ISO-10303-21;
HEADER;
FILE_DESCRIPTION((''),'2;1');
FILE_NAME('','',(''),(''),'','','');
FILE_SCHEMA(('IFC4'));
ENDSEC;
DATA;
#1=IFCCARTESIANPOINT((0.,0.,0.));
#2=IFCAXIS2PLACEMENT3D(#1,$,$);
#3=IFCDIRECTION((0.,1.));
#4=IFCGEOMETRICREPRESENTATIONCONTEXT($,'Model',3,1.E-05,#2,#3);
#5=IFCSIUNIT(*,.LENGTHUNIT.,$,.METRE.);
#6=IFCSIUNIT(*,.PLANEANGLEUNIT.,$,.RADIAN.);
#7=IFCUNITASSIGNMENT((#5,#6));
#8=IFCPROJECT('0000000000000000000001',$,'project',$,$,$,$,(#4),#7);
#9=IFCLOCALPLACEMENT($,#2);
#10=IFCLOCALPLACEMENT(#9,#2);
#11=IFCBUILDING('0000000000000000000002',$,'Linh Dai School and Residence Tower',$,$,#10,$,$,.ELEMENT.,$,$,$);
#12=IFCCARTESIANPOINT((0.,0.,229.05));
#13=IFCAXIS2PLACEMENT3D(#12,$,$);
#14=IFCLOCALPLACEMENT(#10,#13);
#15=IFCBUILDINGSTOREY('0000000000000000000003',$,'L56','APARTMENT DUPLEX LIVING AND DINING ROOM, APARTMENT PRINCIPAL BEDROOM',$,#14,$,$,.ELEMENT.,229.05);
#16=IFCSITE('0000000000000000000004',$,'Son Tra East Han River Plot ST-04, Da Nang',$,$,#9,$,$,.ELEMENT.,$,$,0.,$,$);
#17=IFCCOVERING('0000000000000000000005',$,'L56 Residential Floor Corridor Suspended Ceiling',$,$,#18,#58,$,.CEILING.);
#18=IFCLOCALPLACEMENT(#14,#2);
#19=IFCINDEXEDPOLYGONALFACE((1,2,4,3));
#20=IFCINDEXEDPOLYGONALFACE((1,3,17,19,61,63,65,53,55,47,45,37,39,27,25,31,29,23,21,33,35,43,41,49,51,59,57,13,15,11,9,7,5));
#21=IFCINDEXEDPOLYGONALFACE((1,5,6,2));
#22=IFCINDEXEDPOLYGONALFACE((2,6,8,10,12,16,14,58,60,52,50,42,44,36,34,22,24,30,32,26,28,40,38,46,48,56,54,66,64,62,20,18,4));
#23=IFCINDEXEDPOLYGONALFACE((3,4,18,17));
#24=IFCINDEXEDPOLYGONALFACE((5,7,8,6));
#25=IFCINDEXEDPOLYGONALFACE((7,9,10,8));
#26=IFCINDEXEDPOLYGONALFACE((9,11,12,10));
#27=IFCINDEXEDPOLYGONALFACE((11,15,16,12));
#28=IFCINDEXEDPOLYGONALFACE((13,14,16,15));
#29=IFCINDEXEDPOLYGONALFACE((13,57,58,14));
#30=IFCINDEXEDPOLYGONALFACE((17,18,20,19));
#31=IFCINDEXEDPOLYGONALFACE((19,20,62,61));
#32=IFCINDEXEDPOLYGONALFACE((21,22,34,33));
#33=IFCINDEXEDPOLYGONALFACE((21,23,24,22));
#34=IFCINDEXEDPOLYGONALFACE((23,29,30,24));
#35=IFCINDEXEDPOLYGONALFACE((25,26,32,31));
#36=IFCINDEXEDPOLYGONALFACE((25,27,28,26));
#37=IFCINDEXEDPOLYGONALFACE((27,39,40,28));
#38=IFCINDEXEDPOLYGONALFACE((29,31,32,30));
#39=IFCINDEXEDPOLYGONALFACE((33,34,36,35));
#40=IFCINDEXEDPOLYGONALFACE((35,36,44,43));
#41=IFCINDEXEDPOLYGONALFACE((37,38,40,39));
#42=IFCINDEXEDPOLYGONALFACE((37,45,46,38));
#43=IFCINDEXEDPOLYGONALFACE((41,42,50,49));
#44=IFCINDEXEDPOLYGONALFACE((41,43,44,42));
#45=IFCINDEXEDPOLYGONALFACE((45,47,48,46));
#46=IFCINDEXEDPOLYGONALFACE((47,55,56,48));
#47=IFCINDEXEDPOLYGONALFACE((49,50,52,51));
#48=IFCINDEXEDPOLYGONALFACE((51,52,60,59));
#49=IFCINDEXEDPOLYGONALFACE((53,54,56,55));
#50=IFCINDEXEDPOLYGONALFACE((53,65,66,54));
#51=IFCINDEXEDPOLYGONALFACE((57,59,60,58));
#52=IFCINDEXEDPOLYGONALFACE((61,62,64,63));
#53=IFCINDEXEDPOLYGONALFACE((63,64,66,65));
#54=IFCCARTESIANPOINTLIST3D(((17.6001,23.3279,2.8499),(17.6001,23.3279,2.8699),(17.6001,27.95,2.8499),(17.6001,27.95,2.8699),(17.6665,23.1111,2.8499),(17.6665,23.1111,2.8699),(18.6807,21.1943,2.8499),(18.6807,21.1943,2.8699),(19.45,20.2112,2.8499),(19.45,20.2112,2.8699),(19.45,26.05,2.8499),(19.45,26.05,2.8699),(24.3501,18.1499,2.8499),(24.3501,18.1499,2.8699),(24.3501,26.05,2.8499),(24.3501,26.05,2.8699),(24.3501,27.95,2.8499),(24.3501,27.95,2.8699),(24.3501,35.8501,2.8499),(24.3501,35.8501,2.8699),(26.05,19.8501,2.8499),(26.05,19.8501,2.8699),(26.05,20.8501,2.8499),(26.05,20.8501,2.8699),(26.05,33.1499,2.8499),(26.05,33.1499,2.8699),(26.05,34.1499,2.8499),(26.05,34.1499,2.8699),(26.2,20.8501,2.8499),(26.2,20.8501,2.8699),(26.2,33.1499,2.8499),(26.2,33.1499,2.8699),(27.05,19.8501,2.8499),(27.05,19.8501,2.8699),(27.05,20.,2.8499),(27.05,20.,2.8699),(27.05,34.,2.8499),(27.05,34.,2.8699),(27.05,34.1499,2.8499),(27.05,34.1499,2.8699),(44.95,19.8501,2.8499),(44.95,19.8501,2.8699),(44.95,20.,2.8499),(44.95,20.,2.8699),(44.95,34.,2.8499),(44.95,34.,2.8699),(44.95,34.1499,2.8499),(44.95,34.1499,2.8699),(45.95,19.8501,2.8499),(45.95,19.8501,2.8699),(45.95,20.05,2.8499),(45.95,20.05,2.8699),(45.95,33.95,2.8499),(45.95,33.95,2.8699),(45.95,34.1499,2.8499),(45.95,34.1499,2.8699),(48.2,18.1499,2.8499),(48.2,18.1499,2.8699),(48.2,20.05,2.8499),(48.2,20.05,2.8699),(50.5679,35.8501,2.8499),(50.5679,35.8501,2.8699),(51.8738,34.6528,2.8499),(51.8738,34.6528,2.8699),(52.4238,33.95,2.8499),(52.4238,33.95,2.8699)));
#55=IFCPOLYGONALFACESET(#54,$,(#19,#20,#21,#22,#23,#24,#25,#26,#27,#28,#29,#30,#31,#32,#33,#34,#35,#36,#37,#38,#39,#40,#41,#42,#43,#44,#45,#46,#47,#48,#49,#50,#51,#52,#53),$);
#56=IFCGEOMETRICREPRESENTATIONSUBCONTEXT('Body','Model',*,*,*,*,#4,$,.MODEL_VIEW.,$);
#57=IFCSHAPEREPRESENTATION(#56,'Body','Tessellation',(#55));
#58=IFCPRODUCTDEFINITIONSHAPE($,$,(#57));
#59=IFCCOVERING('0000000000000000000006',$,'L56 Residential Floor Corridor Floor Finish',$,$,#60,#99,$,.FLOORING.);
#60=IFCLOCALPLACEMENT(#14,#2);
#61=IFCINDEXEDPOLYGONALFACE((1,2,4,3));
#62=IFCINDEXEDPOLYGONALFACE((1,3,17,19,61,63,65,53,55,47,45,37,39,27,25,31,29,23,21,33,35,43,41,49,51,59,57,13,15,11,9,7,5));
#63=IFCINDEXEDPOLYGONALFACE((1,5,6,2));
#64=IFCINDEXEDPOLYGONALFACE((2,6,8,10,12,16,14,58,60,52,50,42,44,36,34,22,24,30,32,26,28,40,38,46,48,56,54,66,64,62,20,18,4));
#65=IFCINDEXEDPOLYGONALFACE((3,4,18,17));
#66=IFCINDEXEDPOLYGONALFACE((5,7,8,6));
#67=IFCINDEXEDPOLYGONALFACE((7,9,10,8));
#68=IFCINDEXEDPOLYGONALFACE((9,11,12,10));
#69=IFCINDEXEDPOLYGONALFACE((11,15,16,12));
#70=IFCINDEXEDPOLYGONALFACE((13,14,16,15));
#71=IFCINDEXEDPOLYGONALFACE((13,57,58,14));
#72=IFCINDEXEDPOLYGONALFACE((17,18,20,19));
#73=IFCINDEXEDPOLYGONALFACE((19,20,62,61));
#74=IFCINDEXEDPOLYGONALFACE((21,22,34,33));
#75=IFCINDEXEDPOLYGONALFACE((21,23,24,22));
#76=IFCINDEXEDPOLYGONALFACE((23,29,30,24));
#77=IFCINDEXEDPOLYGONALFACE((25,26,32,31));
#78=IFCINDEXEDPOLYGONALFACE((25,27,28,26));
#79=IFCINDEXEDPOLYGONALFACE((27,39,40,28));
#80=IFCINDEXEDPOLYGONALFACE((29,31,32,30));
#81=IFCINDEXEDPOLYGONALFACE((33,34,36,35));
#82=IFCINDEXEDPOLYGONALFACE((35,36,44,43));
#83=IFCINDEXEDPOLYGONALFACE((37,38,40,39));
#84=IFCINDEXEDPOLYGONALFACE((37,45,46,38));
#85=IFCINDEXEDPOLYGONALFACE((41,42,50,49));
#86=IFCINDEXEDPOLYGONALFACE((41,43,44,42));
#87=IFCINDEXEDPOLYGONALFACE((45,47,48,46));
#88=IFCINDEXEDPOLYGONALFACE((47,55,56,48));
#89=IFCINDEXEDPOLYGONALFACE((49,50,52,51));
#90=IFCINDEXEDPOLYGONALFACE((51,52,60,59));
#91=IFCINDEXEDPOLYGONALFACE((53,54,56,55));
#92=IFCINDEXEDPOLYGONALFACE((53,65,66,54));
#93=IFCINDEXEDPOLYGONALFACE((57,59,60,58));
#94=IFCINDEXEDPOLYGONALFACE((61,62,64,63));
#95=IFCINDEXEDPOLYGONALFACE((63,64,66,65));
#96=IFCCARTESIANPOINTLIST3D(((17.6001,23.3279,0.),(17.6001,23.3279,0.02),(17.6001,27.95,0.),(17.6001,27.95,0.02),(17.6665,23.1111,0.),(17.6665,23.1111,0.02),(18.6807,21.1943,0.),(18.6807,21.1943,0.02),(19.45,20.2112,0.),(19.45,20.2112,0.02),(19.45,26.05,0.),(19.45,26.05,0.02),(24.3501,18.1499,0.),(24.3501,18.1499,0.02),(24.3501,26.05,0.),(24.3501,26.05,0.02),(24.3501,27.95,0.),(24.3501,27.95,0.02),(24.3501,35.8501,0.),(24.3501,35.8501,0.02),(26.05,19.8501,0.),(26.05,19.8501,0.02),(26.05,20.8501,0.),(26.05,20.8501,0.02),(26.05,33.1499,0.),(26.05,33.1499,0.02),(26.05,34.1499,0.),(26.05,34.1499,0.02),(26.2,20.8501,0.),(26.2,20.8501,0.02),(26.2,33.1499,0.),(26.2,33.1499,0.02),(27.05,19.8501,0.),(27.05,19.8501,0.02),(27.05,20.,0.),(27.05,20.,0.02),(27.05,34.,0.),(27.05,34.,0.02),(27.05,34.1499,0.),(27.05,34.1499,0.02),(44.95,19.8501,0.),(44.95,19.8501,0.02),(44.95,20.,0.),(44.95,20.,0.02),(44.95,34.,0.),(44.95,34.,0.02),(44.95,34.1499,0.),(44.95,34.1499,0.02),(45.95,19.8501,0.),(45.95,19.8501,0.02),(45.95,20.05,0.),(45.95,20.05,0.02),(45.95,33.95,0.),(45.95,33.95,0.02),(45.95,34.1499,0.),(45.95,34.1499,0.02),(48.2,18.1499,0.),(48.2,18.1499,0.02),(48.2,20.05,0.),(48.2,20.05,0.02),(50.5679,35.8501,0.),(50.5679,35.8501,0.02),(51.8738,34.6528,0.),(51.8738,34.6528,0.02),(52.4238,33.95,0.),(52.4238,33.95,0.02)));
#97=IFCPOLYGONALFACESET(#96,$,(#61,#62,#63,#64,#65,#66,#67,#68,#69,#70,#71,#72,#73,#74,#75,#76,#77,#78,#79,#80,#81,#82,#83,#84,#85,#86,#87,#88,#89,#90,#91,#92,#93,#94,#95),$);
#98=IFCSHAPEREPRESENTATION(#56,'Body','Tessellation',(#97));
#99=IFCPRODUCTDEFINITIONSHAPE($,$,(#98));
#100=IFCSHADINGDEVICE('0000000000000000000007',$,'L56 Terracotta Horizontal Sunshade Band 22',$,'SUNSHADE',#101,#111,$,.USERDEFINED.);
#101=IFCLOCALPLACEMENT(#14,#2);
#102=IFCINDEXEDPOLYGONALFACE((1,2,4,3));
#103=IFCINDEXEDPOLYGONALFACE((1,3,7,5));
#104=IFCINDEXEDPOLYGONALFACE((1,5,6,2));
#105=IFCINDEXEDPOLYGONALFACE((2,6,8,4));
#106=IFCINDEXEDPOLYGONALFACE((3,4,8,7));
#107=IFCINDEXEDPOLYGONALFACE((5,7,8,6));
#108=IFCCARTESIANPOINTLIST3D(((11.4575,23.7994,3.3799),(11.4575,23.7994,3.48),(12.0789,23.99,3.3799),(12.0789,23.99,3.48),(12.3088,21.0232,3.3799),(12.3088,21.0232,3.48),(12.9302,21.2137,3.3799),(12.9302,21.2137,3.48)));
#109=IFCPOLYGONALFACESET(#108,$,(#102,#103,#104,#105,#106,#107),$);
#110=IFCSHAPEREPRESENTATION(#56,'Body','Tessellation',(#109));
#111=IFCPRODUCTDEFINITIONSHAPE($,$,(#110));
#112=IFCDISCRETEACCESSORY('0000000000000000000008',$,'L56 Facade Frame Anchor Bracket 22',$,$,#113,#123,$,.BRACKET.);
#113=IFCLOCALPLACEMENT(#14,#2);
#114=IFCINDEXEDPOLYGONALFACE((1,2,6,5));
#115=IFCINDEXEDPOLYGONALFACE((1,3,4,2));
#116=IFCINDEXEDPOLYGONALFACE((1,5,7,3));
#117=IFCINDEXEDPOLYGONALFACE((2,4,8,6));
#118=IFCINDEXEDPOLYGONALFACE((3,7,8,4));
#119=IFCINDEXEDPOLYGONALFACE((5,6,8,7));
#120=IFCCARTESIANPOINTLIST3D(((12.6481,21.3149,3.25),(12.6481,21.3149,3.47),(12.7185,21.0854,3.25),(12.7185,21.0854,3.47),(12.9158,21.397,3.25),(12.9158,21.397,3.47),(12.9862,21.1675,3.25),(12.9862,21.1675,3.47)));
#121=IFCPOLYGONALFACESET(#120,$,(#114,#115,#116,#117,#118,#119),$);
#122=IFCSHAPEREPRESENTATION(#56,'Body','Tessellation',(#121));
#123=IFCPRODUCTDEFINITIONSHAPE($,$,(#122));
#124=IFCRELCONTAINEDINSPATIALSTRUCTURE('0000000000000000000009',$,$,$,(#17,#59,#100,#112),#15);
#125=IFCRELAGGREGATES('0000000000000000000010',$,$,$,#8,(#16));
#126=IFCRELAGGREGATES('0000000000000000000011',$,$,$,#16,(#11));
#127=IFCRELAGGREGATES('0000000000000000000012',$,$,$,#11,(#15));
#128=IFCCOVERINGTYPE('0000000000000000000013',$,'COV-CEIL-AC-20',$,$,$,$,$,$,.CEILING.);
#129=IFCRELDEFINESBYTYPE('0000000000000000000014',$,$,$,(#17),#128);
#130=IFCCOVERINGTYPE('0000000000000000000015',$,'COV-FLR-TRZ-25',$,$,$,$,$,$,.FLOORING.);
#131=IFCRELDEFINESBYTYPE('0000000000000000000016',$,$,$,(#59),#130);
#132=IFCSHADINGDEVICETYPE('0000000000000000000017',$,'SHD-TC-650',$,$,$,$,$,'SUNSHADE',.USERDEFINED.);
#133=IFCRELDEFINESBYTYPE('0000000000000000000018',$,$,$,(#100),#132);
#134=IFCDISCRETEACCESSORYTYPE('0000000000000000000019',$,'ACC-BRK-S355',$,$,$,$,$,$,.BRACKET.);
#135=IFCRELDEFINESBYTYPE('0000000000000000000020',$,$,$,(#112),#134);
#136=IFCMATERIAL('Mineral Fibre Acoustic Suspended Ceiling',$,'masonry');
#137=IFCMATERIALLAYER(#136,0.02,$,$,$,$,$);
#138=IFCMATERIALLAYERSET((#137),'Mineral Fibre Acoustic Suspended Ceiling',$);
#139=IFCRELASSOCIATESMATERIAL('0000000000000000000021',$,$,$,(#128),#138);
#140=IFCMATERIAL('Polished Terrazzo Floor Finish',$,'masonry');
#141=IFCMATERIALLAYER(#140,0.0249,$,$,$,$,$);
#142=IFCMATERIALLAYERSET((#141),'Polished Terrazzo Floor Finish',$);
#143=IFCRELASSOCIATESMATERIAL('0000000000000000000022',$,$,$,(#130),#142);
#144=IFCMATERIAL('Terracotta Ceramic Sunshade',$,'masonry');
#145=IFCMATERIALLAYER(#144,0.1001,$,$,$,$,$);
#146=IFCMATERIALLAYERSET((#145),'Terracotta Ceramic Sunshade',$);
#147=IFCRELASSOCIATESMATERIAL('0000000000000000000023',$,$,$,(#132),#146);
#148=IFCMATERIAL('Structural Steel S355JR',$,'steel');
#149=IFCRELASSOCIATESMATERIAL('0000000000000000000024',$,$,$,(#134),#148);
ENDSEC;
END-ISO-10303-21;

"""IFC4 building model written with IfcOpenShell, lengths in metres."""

from ifc_helpers import new_model, si_unit, direction, frame, origin, origin_2d, place, context, subcontext, project, spatial, polyline, rectangle, outline, extrude, source, transform, mapped, material, layer, layer_set, type_object, element, save


model = new_model("IFC4")

# Units and contexts
model_context = context("Model", 3, precision=1e-05, world=origin(), true_north=direction((0.0, 1.0)))
body_context = subcontext(model_context, "Body", "Model", "MODEL_VIEW")
ifc_project = project(units=[si_unit("LENGTHUNIT", "METRE"), si_unit("PLANEANGLEUNIT", "RADIAN")], contexts=[model_context])

# Site, building, storey
site_placement = place(None, origin())
site = spatial("IfcSite", under=ifc_project, at=site_placement, Name="Son Tra East Han River Plot ST-04, Da Nang", CompositionType="ELEMENT", RefElevation=0.0)
building_placement = place(site_placement, origin())
building = spatial("IfcBuilding", under=site, at=building_placement, Name="Linh Dai School and Residence Tower", CompositionType="ELEMENT")
storey_placement = place(building_placement, frame((0.0, 0.0, 229.05)))
storey = spatial("IfcBuildingStorey", under=building, at=storey_placement, Name="L56", Description="APARTMENT DUPLEX LIVING AND DINING ROOM, APARTMENT PRINCIPAL BEDROOM", CompositionType="ELEMENT", Elevation=229.05)

# Shared definitions
ifc_material_1 = material(Name="Structural Steel S355JR", Category="steel")

# Coverings
ifc_material_2 = material(Name="Mineral Fibre Acoustic Suspended Ceiling", Category="masonry")
ifc_layer_1 = layer(ifc_material_2, 0.02)
ifc_layer_set_1 = layer_set([ifc_layer_1], Name="Mineral Fibre Acoustic Suspended Ceiling")
covering_type_1 = type_object("IfcCoveringType", Name="COV-CEIL-AC-20", PredefinedType="CEILING", material=ifc_layer_set_1)
covering_1_placement = place(storey_placement, frame((0.0, 0.0, 2.8499)))
element("IfcCovering", 1, at=covering_1_placement, inside=storey, type_object=covering_type_1, Name="L56 Residential Floor Corridor Suspended Ceiling", PredefinedType="CEILING", context=body_context, shape_type="SweptSolid", body=[
    extrude(outline(polyline([(19.45, 20.2112), (18.6807, 21.1943), (17.6665, 23.1111), (17.6001, 23.3279), (17.6001, 27.95), (24.3501, 27.95), (24.3501, 35.8501), (50.5679, 35.8501), (51.8738, 34.6528), (52.4238, 33.95), (45.95, 33.95), (45.95, 34.1499), (44.95, 34.1499), (44.95, 34.0), (27.05, 34.0), (27.05, 34.1499), (26.05, 34.1499), (26.05, 33.1499), (26.2, 33.1499), (26.2, 20.8501), (26.05, 20.8501), (26.05, 19.8501), (27.05, 19.8501), (27.05, 20.0), (44.95, 20.0), (44.95, 19.8501), (45.95, 19.8501), (45.95, 20.05), (48.2, 20.05), (48.2, 18.1499), (24.3501, 18.1499), (24.3501, 26.05), (19.45, 26.05), (19.45, 20.2112)])), origin(), (0.0, 0.0, 1.0), 0.02),
])
ifc_material_3 = material(Name="Polished Terrazzo Floor Finish", Category="masonry")
ifc_layer_2 = layer(ifc_material_3, 0.0249)
ifc_layer_set_2 = layer_set([ifc_layer_2], Name="Polished Terrazzo Floor Finish")
covering_type_2 = type_object("IfcCoveringType", Name="COV-FLR-TRZ-25", PredefinedType="FLOORING", material=ifc_layer_set_2)
covering_2_placement = place(storey_placement, origin())
element("IfcCovering", 2, at=covering_2_placement, inside=storey, type_object=covering_type_2, Name="L56 Residential Floor Corridor Floor Finish", PredefinedType="FLOORING", context=body_context, shape_type="SweptSolid", body=[
    extrude(outline(polyline([(19.45, 20.2112), (18.6807, 21.1943), (17.6665, 23.1111), (17.6001, 23.3279), (17.6001, 27.95), (24.3501, 27.95), (24.3501, 35.8501), (50.5679, 35.8501), (51.8738, 34.6528), (52.4238, 33.95), (45.95, 33.95), (45.95, 34.1499), (44.95, 34.1499), (44.95, 34.0), (27.05, 34.0), (27.05, 34.1499), (26.05, 34.1499), (26.05, 33.1499), (26.2, 33.1499), (26.2, 20.8501), (26.05, 20.8501), (26.05, 19.8501), (27.05, 19.8501), (27.05, 20.0), (44.95, 20.0), (44.95, 19.8501), (45.95, 19.8501), (45.95, 20.05), (48.2, 20.05), (48.2, 18.1499), (24.3501, 18.1499), (24.3501, 26.05), (19.45, 26.05), (19.45, 20.2112)])), origin(), (0.0, 0.0, 1.0), 0.02),
])

# Shading device
ifc_material_4 = material(Name="Terracotta Ceramic Sunshade", Category="masonry")
ifc_layer_3 = layer(ifc_material_4, 0.1001)
ifc_layer_set_3 = layer_set([ifc_layer_3], Name="Terracotta Ceramic Sunshade")
shading_device_type = type_object("IfcShadingDeviceType", Name="SHD-TC-650", ElementType="SUNSHADE", PredefinedType="USERDEFINED", material=ifc_layer_set_3)
shared_shape_1 = source(origin(), body_context, "Body", "SweptSolid", [
    extrude(rectangle(XDim=2.9038, YDim=0.6499, at=origin_2d()), origin(), (0.0, 0.0, 1.0), 0.1001),
])
shading_device_placement = place(storey_placement, frame((12.1938, 22.5066, 3.3799), z_axis=(0.0, 0.0, 1.0), x_axis=(-0.293157, 0.956064, 0.0)))
element("IfcShadingDevice", 3, at=shading_device_placement, inside=storey, type_object=shading_device_type, Name="L56 Terracotta Horizontal Sunshade Band 22", ObjectType="SUNSHADE", PredefinedType="USERDEFINED", context=body_context, shape_type="MappedRepresentation", body=[
    mapped(shared_shape_1, transform((0.0, 0.0, 0.0), x_axis=(1.0, 0.0, 0.0), y_axis=(0.0, 1.0, 0.0), z_axis=(0.0, 0.0, 1.0), scale=1.0)),
])

# Discrete accessory
discrete_accessory_type = type_object("IfcDiscreteAccessoryType", Name="ACC-BRK-S355", PredefinedType="BRACKET", material=ifc_material_1)
shared_shape_2 = source(origin(), body_context, "Body", "SweptSolid", [
    extrude(rectangle(XDim=0.28, YDim=0.24, at=origin_2d()), origin(), (0.0, 0.0, 1.0), 0.22),
])
discrete_accessory_placement = place(storey_placement, frame((12.8171, 21.2412, 3.25), z_axis=(0.0, 0.0, 1.0), x_axis=(-0.956064, -0.293157, 0.0)))
element("IfcDiscreteAccessory", 4, at=discrete_accessory_placement, inside=storey, type_object=discrete_accessory_type, Name="L56 Facade Frame Anchor Bracket 22", PredefinedType="BRACKET", context=body_context, shape_type="MappedRepresentation", body=[
    mapped(shared_shape_2, transform((0.0, 0.0, 0.0), x_axis=(1.0, 0.0, 0.0), y_axis=(0.0, 1.0, 0.0), z_axis=(0.0, 0.0, 1.0), scale=1.0)),
])

save(model, "model.ifc")
